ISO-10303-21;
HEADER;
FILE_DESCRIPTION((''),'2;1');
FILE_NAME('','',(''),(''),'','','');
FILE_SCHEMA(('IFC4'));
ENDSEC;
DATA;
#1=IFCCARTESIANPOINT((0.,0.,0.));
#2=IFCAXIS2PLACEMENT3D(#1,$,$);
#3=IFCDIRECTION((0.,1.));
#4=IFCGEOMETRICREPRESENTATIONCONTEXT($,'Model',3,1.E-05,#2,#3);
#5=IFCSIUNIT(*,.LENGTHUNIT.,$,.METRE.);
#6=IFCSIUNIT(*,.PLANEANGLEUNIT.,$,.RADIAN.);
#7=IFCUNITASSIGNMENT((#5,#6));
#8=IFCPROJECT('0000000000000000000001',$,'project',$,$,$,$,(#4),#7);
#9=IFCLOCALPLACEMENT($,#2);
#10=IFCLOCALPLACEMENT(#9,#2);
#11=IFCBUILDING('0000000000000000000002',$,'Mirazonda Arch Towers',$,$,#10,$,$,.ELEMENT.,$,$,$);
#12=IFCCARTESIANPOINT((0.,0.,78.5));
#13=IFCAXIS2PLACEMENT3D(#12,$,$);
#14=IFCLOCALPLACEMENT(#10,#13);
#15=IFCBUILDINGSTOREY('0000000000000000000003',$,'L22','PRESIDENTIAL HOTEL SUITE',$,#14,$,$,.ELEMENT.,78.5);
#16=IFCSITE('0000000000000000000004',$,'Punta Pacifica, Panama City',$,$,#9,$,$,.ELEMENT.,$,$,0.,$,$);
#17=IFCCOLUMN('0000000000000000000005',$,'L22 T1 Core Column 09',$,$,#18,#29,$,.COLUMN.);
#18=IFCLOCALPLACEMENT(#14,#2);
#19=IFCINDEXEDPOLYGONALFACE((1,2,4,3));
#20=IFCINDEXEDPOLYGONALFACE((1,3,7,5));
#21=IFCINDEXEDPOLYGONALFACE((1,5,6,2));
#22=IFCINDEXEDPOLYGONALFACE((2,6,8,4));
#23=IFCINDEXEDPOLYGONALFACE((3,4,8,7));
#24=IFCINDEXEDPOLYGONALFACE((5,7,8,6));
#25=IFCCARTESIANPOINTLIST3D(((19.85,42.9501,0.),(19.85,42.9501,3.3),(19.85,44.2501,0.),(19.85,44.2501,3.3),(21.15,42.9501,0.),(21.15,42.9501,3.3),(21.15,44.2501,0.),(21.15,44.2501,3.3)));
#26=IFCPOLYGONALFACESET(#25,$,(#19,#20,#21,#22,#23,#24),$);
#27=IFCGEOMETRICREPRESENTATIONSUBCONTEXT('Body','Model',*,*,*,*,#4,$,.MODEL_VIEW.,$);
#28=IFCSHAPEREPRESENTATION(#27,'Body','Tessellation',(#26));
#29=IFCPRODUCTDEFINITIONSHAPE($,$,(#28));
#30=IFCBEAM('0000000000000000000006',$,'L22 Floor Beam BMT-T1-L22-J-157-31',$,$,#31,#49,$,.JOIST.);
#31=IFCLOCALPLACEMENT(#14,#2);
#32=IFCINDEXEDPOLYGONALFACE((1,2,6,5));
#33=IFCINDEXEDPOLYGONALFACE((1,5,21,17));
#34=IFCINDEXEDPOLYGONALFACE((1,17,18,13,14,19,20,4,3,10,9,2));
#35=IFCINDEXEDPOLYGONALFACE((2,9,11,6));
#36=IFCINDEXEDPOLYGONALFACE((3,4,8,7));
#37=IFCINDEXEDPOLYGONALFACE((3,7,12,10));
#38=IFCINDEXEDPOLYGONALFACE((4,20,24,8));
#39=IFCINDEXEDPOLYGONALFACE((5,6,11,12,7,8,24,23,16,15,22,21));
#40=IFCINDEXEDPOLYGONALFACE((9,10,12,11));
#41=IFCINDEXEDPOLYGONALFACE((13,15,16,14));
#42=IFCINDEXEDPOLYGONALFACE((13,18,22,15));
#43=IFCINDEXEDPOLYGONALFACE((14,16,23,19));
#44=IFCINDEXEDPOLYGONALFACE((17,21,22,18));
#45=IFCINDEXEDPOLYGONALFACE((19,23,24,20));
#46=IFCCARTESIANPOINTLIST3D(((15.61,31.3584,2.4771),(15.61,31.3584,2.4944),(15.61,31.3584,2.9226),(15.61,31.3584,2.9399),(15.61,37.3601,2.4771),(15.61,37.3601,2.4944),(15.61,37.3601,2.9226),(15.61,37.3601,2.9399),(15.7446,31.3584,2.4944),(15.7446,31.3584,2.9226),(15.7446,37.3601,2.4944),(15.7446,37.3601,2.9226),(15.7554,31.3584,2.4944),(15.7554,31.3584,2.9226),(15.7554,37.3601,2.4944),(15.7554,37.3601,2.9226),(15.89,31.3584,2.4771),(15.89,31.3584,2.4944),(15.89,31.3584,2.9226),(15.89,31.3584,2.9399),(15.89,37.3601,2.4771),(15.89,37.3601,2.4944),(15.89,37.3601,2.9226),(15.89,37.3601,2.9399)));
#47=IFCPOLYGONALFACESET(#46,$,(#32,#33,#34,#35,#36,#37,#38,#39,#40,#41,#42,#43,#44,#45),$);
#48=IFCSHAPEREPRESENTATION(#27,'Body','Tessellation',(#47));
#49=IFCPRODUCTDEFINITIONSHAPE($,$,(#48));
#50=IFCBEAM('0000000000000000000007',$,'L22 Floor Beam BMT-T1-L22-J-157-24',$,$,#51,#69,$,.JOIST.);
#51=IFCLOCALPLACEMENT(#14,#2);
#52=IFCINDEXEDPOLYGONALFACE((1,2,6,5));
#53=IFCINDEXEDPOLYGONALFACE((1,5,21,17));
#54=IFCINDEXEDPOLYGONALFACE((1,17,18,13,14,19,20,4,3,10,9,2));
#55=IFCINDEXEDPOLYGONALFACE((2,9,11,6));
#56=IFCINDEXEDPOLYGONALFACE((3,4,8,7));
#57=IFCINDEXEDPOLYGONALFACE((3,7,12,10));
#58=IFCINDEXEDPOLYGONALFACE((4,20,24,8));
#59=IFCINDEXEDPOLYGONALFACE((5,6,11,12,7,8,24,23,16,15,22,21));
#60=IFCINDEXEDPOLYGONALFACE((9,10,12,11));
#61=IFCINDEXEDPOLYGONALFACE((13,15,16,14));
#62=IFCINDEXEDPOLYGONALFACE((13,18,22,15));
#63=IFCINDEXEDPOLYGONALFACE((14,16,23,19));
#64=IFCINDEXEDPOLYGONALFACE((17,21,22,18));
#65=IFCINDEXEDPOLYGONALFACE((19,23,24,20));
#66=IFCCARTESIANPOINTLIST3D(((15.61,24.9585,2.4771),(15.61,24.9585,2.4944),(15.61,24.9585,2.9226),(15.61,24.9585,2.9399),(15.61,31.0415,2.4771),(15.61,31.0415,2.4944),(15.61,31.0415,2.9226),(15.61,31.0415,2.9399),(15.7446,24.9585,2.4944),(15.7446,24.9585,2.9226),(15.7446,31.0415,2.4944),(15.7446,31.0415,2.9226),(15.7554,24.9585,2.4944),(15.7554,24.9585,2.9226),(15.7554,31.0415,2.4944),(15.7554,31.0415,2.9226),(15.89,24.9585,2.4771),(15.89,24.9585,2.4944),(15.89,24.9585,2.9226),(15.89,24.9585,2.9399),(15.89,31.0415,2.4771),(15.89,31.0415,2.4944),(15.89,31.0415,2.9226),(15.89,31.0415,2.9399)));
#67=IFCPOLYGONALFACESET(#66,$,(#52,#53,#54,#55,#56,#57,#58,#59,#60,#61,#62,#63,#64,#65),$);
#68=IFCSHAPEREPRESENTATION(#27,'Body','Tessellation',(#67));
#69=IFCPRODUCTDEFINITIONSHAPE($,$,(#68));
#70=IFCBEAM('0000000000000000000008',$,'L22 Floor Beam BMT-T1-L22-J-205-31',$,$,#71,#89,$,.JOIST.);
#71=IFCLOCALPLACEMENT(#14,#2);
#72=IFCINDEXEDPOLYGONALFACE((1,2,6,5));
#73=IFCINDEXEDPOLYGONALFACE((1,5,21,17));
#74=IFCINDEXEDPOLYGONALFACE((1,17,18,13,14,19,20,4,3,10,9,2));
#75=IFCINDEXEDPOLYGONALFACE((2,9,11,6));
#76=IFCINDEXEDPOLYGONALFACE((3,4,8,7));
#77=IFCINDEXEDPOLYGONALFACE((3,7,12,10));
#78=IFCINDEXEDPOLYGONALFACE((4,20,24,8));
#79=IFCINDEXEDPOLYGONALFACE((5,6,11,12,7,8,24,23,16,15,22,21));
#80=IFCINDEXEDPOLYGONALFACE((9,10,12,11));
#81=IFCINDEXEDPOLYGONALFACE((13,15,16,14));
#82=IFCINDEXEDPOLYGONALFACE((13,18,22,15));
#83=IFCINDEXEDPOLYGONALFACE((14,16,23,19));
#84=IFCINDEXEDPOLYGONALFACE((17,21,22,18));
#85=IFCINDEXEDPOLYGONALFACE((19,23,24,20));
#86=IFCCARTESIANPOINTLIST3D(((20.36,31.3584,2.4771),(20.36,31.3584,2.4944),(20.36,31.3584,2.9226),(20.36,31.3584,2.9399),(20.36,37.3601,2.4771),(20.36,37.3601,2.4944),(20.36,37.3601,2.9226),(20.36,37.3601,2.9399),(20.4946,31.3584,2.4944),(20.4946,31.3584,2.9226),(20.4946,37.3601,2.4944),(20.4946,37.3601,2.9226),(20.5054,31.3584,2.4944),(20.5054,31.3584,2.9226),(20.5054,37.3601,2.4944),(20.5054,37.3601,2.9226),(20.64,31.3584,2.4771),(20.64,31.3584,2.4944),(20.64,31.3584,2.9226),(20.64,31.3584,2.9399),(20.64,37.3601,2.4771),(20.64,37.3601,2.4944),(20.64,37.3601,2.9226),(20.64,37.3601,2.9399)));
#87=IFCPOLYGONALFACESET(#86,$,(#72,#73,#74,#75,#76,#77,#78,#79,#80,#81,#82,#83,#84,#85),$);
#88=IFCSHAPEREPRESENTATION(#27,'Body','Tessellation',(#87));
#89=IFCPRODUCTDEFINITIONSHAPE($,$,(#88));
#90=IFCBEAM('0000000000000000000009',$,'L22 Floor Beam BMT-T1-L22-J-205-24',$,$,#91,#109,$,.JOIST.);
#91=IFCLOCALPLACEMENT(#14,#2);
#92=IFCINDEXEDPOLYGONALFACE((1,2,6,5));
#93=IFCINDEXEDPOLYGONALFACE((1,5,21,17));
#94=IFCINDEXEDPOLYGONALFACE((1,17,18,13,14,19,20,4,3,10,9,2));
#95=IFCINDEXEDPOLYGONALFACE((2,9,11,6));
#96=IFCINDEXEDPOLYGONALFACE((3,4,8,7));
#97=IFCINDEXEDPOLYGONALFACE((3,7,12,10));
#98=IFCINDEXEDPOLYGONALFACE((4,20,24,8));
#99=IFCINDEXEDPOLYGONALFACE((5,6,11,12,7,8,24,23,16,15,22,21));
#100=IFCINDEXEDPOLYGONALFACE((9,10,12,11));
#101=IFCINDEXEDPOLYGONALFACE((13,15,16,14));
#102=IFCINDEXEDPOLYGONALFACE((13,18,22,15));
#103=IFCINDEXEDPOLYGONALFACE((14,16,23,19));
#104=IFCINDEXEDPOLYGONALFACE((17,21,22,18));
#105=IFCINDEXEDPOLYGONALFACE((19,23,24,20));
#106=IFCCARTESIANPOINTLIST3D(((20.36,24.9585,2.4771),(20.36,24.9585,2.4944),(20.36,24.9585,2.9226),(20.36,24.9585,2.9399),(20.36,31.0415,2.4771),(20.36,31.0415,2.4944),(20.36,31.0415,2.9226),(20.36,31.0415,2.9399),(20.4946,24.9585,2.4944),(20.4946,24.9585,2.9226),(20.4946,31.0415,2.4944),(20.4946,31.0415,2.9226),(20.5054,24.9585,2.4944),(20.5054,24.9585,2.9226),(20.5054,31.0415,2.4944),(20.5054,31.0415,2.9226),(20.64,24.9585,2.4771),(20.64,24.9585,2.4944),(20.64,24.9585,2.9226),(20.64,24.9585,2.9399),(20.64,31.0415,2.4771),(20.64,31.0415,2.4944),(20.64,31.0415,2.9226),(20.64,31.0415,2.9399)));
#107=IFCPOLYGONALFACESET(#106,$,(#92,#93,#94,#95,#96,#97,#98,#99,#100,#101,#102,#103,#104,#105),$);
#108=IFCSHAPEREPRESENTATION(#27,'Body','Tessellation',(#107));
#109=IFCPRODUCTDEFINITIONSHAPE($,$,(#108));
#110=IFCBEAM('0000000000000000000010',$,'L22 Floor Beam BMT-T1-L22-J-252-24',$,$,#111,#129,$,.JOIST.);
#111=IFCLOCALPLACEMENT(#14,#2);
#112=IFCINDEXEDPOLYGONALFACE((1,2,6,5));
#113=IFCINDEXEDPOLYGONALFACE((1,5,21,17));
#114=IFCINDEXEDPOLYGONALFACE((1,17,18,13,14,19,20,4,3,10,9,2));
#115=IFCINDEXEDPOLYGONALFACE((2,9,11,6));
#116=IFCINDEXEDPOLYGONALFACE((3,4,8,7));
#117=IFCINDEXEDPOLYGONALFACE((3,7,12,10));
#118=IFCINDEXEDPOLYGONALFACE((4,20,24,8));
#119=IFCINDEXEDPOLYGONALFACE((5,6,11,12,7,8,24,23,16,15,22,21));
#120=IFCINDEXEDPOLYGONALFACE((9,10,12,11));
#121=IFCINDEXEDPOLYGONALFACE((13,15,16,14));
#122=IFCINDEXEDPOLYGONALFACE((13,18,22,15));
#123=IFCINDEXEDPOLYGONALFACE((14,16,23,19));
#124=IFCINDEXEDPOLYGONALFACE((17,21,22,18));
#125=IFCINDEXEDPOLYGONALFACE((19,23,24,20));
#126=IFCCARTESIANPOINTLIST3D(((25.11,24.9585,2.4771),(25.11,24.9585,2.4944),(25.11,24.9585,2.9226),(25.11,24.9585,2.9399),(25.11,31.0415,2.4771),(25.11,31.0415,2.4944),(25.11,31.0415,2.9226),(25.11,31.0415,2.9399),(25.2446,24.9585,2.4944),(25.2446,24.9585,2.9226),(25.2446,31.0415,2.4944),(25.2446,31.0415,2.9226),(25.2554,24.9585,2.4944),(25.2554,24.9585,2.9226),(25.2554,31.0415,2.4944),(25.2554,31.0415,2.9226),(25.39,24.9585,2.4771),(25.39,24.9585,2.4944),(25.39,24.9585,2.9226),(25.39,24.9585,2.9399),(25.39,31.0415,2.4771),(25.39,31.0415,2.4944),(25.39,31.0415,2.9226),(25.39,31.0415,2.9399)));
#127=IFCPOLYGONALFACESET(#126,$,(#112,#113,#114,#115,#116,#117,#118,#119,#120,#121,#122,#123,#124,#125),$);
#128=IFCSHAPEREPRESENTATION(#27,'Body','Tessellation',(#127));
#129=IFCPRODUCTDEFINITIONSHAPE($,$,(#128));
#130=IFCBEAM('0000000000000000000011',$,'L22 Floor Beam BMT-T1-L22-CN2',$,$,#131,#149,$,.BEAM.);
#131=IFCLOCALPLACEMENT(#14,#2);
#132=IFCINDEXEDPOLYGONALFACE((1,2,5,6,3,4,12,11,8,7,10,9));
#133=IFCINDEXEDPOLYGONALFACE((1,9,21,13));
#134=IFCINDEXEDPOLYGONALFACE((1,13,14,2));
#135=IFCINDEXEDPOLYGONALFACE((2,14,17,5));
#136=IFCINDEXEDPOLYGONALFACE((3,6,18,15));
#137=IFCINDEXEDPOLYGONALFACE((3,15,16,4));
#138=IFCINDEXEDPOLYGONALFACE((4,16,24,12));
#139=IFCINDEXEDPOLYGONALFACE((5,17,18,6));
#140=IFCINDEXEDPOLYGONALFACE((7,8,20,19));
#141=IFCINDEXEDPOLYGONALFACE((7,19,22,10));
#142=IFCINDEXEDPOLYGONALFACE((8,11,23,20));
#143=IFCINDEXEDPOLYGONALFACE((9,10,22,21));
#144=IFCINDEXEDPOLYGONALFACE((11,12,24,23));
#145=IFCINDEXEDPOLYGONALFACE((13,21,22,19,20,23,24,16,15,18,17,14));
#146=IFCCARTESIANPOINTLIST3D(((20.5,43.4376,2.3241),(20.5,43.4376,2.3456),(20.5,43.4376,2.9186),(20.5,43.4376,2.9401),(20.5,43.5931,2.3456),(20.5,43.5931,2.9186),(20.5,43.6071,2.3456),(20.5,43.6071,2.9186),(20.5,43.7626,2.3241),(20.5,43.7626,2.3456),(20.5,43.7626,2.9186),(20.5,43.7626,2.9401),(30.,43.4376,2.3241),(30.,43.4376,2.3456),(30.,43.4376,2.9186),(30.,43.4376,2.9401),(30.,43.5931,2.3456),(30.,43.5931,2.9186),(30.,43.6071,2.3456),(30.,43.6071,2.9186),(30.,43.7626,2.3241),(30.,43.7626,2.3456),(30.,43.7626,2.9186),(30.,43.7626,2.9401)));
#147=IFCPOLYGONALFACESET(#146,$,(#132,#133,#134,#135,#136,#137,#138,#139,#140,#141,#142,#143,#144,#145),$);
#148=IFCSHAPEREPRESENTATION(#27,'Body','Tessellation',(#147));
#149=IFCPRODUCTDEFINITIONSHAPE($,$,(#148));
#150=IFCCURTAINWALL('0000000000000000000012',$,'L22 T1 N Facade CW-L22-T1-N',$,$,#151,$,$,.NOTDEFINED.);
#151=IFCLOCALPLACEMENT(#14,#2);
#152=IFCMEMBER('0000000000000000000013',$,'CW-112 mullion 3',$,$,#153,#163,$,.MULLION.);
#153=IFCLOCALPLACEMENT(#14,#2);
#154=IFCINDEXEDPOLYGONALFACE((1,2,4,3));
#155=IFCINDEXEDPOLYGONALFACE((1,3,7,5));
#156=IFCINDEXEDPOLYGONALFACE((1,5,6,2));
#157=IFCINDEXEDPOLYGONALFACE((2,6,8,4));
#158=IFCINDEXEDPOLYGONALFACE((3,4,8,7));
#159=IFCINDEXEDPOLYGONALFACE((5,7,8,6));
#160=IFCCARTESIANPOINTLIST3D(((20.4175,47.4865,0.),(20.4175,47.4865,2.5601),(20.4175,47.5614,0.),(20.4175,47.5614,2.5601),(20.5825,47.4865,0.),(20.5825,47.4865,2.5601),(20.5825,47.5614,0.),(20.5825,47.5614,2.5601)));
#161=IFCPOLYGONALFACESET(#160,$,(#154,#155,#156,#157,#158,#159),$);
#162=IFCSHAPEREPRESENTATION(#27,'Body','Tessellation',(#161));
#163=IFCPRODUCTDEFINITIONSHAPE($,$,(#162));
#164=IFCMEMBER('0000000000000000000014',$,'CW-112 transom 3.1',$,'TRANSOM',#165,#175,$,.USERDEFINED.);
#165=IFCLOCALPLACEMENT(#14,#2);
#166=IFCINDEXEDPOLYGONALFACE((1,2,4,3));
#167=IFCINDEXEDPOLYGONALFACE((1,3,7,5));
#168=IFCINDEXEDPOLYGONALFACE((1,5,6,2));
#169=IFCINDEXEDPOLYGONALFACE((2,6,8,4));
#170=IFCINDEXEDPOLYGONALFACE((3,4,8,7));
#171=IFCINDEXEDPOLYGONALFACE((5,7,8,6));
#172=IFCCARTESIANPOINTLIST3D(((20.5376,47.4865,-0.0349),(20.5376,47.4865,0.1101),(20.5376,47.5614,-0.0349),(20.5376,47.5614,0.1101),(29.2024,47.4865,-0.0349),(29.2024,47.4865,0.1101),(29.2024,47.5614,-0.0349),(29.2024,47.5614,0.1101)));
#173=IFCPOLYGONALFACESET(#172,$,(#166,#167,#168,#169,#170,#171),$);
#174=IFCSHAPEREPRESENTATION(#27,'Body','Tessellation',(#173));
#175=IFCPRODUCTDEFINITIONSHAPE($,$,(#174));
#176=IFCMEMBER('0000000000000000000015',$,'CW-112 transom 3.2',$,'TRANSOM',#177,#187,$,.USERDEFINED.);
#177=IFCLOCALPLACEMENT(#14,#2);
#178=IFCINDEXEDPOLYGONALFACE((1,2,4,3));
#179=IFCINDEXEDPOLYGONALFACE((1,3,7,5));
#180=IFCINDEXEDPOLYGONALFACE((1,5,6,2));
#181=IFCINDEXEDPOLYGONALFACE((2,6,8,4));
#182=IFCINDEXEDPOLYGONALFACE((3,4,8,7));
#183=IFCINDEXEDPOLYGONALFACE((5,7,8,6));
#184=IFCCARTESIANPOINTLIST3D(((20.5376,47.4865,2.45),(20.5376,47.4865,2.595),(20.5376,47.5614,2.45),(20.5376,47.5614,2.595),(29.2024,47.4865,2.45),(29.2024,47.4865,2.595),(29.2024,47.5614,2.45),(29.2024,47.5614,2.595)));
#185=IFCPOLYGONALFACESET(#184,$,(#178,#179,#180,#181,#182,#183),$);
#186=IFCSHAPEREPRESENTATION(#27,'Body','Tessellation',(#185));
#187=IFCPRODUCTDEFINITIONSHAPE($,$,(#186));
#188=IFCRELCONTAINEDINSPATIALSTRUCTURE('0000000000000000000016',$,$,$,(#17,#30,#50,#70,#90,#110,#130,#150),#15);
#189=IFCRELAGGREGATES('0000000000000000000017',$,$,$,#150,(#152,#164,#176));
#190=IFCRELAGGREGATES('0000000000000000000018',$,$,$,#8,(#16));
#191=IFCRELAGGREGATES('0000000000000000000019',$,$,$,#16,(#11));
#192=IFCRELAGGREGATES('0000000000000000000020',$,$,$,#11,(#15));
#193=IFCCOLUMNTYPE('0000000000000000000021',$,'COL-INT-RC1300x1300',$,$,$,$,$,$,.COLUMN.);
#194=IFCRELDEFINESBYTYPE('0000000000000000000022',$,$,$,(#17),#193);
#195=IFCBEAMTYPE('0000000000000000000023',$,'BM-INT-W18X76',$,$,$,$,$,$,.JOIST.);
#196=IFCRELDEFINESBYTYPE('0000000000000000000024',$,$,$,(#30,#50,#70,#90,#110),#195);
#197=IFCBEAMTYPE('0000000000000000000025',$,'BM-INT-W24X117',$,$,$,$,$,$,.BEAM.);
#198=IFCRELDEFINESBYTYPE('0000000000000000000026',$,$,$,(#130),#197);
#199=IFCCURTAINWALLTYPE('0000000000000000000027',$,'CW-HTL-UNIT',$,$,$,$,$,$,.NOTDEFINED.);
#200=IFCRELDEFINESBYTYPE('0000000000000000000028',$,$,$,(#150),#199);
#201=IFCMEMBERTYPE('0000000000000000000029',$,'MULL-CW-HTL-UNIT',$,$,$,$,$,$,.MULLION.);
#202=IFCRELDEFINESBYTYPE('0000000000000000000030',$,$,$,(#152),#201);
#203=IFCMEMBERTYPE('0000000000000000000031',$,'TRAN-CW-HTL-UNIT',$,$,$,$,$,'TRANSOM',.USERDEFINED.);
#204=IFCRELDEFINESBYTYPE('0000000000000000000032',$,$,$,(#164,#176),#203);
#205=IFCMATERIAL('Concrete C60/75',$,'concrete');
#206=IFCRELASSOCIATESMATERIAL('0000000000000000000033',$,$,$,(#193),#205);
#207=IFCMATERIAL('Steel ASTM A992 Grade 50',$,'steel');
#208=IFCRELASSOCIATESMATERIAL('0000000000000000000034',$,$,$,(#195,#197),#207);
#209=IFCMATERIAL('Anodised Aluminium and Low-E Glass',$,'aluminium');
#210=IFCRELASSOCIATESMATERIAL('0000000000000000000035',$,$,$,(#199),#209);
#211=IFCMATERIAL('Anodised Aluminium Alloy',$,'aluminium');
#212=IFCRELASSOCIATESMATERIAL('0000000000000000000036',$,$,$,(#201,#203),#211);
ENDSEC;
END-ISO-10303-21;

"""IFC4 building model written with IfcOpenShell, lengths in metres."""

from ifc_helpers import new_model, si_unit, direction, frame, origin, origin_2d, place, context, subcontext, project, spatial, rectangle, i_section, extrude, material, material_profile, profile_set, type_object, element, aggregate, save


model = new_model("IFC4")

# Units and contexts
model_context = context("Model", 3, precision=1e-05, world=origin(), true_north=direction((0.0, 1.0)))
body_context = subcontext(model_context, "Body", "Model", "MODEL_VIEW")
ifc_project = project(units=[si_unit("LENGTHUNIT", "METRE"), si_unit("PLANEANGLEUNIT", "RADIAN")], contexts=[model_context])

# Site, building, storey
site_placement = place(None, origin())
site = spatial("IfcSite", under=ifc_project, at=site_placement, Name="Punta Pacifica, Panama City", CompositionType="ELEMENT", RefElevation=0.0)
building_placement = place(site_placement, origin())
building = spatial("IfcBuilding", under=site, at=building_placement, Name="Mirazonda Arch Towers", CompositionType="ELEMENT")
storey_placement = place(building_placement, frame((0.0, 0.0, 78.5)))
storey = spatial("IfcBuildingStorey", under=building, at=storey_placement, Name="L22", Description="PRESIDENTIAL HOTEL SUITE", CompositionType="ELEMENT", Elevation=78.5)

# Column
ifc_material_1 = material(Name="Concrete C60/75", Category="concrete")
ifc_material_profile_1 = material_profile(ifc_material_1, rectangle(XDim=1.3, YDim=1.3, at=origin_2d()), Name="RC1300x1300")
ifc_profile_set_1 = profile_set([ifc_material_profile_1], Name="Concrete C60/75")
column_type = type_object("IfcColumnType", Name="COL-INT-RC1300x1300", PredefinedType="COLUMN", material=ifc_profile_set_1)
column_placement = place(storey_placement, frame((20.5, 43.6001, 0.0), z_axis=(0.0, 0.0, 1.0), x_axis=(1.0, 0.0, 0.0)))
element("IfcColumn", 1, at=column_placement, inside=storey, type_object=column_type, Name="L22 T1 Core Column 09", PredefinedType="COLUMN", context=body_context, shape_type="SweptSolid", body=[
    extrude(rectangle(XDim=1.3, YDim=1.3, at=origin_2d()), origin(), (0.0, 0.0, 1.0), 3.3),
])

# Beams
ifc_material_2 = material(Name="Steel ASTM A992 Grade 50", Category="steel")
ifc_material_profile_2 = material_profile(ifc_material_2, i_section(OverallWidth=0.28, OverallDepth=0.4629, WebThickness=0.0107, FlangeThickness=0.0173, at=origin_2d()), Name="W18X76")
ifc_profile_set_2 = profile_set([ifc_material_profile_2], Name="Steel ASTM A992 Grade 50")
beam_type_1 = type_object("IfcBeamType", Name="BM-INT-W18X76", PredefinedType="JOIST", material=ifc_profile_set_2)
beam_1_placement = place(storey_placement, frame((15.75, 31.3584, 2.7085), z_axis=(0.0, 1.0, 0.0), x_axis=(-1.0, 0.0, 0.0)))
element("IfcBeam", 2, at=beam_1_placement, inside=storey, type_object=beam_type_1, Name="L22 Floor Beam BMT-T1-L22-J-157-31", PredefinedType="JOIST", context=body_context, shape_type="SweptSolid", body=[
    extrude(i_section(OverallWidth=0.28, OverallDepth=0.4629, WebThickness=0.0107, FlangeThickness=0.0173, at=origin_2d()), origin(), (0.0, 0.0, 1.0), 6.0017),
])
beam_2_placement = place(storey_placement, frame((15.75, 24.9585, 2.7085), z_axis=(0.0, 1.0, 0.0), x_axis=(-1.0, 0.0, 0.0)))
element("IfcBeam", 3, at=beam_2_placement, inside=storey, type_object=beam_type_1, Name="L22 Floor Beam BMT-T1-L22-J-157-24", PredefinedType="JOIST", context=body_context, shape_type="SweptSolid", body=[
    extrude(i_section(OverallWidth=0.28, OverallDepth=0.4629, WebThickness=0.0107, FlangeThickness=0.0173, at=origin_2d()), origin(), (0.0, 0.0, 1.0), 6.083),
])
beam_3_placement = place(storey_placement, frame((20.5, 31.3584, 2.7085), z_axis=(0.0, 1.0, 0.0), x_axis=(-1.0, 0.0, 0.0)))
element("IfcBeam", 4, at=beam_3_placement, inside=storey, type_object=beam_type_1, Name="L22 Floor Beam BMT-T1-L22-J-205-31", PredefinedType="JOIST", context=body_context, shape_type="SweptSolid", body=[
    extrude(i_section(OverallWidth=0.28, OverallDepth=0.4629, WebThickness=0.0107, FlangeThickness=0.0173, at=origin_2d()), origin(), (0.0, 0.0, 1.0), 6.0017),
])
for number, where, z_axis, x_axis, name in (
    (5, (20.5, 24.9585, 2.7085), (0.0, 1.0, 0.0), (-1.0, 0.0, 0.0), "L22 Floor Beam BMT-T1-L22-J-205-24"),
    (6, (25.25, 24.9585, 2.7085), (0.0, 1.0, 0.0), (-1.0, 0.0, 0.0), "L22 Floor Beam BMT-T1-L22-J-252-24"),
):
    element("IfcBeam", number, at=place(storey_placement, frame(where, z_axis=z_axis, x_axis=x_axis)), inside=storey, type_object=beam_type_1, Name=name, PredefinedType="JOIST", context=body_context, shape_type="SweptSolid", body=[
        extrude(i_section(OverallWidth=0.28, OverallDepth=0.4629, WebThickness=0.0107, FlangeThickness=0.0173, at=origin_2d()), origin(), (0.0, 0.0, 1.0), 6.083),
    ])
ifc_material_profile_3 = material_profile(ifc_material_2, i_section(OverallWidth=0.325, OverallDepth=0.616, WebThickness=0.0139, FlangeThickness=0.0215, at=origin_2d()), Name="W24X117")
ifc_profile_set_3 = profile_set([ifc_material_profile_3], Name="Steel ASTM A992 Grade 50")
beam_type_2 = type_object("IfcBeamType", Name="BM-INT-W24X117", PredefinedType="BEAM", material=ifc_profile_set_3)
beam_4_placement = place(storey_placement, frame((20.5, 43.6001, 2.6321), z_axis=(1.0, 0.0, 0.0), x_axis=(0.0, 1.0, 0.0)))
element("IfcBeam", 7, at=beam_4_placement, inside=storey, type_object=beam_type_2, Name="L22 Floor Beam BMT-T1-L22-CN2", PredefinedType="BEAM", context=body_context, shape_type="SweptSolid", body=[
    extrude(i_section(OverallWidth=0.325, OverallDepth=0.616, WebThickness=0.0139, FlangeThickness=0.0215, at=origin_2d()), origin(), (0.0, 0.0, 1.0), 9.5),
])

# Curtain wall, members
ifc_material_3 = material(Name="Anodised Aluminium and Low-E Glass", Category="aluminium")
curtain_wall_type = type_object("IfcCurtainWallType", Name="CW-HTL-UNIT", PredefinedType="NOTDEFINED", material=ifc_material_3)
curtain_wall_placement = place(storey_placement, origin())
curtain_wall = element("IfcCurtainWall", 8, at=curtain_wall_placement, inside=storey, type_object=curtain_wall_type, Name="L22 T1 N Facade CW-L22-T1-N", PredefinedType="NOTDEFINED")
ifc_material_4 = material(Name="Anodised Aluminium Alloy", Category="aluminium")
ifc_material_profile_4 = material_profile(ifc_material_4, rectangle(XDim=0.075, YDim=0.165, at=origin_2d()), Name="ALU-MULL-75x165")
ifc_profile_set_4 = profile_set([ifc_material_profile_4], Name="Anodised Aluminium Alloy")
member_type_1 = type_object("IfcMemberType", Name="MULL-CW-HTL-UNIT", PredefinedType="MULLION", material=ifc_profile_set_4)
member_1_placement = place(storey_placement, frame((20.5, 47.5239, 0.0), z_axis=(0.0, 0.0, 1.0), x_axis=(0.0, 1.0, 0.0)))
member_1 = element("IfcMember", 9, at=member_1_placement, type_object=member_type_1, Name="CW-112 mullion 3", PredefinedType="MULLION", context=body_context, shape_type="SweptSolid", body=[
    extrude(rectangle(XDim=0.075, YDim=0.165, at=origin_2d()), origin(), (0.0, 0.0, 1.0), 2.5601),
])
ifc_material_profile_5 = material_profile(ifc_material_4, rectangle(XDim=0.075, YDim=0.145, at=origin_2d()), Name="ALU-TRAN-75x145")
ifc_profile_set_5 = profile_set([ifc_material_profile_5], Name="Anodised Aluminium Alloy")
member_type_2 = type_object("IfcMemberType", Name="TRAN-CW-HTL-UNIT", ElementType="TRANSOM", PredefinedType="USERDEFINED", material=ifc_profile_set_5)
member_2_placement = place(storey_placement, frame((20.5376, 47.5239, 0.0376), z_axis=(1.0, 0.0, 0.0), x_axis=(0.0, 1.0, 0.0)))
member_2 = element("IfcMember", 10, at=member_2_placement, type_object=member_type_2, Name="CW-112 transom 3.1", ObjectType="TRANSOM", PredefinedType="USERDEFINED", context=body_context, shape_type="SweptSolid", body=[
    extrude(rectangle(XDim=0.075, YDim=0.145, at=origin_2d()), origin(), (0.0, 0.0, 1.0), 8.6648),
])
member_3_placement = place(storey_placement, frame((20.5376, 47.5239, 2.5225), z_axis=(1.0, 0.0, 0.0), x_axis=(0.0, 1.0, 0.0)))
member_3 = element("IfcMember", 11, at=member_3_placement, type_object=member_type_2, Name="CW-112 transom 3.2", ObjectType="TRANSOM", PredefinedType="USERDEFINED", context=body_context, shape_type="SweptSolid", body=[
    extrude(rectangle(XDim=0.075, YDim=0.145, at=origin_2d()), origin(), (0.0, 0.0, 1.0), 8.6648),
])
aggregate(curtain_wall, [member_1, member_2, member_3])

save(model, "model.ifc")
